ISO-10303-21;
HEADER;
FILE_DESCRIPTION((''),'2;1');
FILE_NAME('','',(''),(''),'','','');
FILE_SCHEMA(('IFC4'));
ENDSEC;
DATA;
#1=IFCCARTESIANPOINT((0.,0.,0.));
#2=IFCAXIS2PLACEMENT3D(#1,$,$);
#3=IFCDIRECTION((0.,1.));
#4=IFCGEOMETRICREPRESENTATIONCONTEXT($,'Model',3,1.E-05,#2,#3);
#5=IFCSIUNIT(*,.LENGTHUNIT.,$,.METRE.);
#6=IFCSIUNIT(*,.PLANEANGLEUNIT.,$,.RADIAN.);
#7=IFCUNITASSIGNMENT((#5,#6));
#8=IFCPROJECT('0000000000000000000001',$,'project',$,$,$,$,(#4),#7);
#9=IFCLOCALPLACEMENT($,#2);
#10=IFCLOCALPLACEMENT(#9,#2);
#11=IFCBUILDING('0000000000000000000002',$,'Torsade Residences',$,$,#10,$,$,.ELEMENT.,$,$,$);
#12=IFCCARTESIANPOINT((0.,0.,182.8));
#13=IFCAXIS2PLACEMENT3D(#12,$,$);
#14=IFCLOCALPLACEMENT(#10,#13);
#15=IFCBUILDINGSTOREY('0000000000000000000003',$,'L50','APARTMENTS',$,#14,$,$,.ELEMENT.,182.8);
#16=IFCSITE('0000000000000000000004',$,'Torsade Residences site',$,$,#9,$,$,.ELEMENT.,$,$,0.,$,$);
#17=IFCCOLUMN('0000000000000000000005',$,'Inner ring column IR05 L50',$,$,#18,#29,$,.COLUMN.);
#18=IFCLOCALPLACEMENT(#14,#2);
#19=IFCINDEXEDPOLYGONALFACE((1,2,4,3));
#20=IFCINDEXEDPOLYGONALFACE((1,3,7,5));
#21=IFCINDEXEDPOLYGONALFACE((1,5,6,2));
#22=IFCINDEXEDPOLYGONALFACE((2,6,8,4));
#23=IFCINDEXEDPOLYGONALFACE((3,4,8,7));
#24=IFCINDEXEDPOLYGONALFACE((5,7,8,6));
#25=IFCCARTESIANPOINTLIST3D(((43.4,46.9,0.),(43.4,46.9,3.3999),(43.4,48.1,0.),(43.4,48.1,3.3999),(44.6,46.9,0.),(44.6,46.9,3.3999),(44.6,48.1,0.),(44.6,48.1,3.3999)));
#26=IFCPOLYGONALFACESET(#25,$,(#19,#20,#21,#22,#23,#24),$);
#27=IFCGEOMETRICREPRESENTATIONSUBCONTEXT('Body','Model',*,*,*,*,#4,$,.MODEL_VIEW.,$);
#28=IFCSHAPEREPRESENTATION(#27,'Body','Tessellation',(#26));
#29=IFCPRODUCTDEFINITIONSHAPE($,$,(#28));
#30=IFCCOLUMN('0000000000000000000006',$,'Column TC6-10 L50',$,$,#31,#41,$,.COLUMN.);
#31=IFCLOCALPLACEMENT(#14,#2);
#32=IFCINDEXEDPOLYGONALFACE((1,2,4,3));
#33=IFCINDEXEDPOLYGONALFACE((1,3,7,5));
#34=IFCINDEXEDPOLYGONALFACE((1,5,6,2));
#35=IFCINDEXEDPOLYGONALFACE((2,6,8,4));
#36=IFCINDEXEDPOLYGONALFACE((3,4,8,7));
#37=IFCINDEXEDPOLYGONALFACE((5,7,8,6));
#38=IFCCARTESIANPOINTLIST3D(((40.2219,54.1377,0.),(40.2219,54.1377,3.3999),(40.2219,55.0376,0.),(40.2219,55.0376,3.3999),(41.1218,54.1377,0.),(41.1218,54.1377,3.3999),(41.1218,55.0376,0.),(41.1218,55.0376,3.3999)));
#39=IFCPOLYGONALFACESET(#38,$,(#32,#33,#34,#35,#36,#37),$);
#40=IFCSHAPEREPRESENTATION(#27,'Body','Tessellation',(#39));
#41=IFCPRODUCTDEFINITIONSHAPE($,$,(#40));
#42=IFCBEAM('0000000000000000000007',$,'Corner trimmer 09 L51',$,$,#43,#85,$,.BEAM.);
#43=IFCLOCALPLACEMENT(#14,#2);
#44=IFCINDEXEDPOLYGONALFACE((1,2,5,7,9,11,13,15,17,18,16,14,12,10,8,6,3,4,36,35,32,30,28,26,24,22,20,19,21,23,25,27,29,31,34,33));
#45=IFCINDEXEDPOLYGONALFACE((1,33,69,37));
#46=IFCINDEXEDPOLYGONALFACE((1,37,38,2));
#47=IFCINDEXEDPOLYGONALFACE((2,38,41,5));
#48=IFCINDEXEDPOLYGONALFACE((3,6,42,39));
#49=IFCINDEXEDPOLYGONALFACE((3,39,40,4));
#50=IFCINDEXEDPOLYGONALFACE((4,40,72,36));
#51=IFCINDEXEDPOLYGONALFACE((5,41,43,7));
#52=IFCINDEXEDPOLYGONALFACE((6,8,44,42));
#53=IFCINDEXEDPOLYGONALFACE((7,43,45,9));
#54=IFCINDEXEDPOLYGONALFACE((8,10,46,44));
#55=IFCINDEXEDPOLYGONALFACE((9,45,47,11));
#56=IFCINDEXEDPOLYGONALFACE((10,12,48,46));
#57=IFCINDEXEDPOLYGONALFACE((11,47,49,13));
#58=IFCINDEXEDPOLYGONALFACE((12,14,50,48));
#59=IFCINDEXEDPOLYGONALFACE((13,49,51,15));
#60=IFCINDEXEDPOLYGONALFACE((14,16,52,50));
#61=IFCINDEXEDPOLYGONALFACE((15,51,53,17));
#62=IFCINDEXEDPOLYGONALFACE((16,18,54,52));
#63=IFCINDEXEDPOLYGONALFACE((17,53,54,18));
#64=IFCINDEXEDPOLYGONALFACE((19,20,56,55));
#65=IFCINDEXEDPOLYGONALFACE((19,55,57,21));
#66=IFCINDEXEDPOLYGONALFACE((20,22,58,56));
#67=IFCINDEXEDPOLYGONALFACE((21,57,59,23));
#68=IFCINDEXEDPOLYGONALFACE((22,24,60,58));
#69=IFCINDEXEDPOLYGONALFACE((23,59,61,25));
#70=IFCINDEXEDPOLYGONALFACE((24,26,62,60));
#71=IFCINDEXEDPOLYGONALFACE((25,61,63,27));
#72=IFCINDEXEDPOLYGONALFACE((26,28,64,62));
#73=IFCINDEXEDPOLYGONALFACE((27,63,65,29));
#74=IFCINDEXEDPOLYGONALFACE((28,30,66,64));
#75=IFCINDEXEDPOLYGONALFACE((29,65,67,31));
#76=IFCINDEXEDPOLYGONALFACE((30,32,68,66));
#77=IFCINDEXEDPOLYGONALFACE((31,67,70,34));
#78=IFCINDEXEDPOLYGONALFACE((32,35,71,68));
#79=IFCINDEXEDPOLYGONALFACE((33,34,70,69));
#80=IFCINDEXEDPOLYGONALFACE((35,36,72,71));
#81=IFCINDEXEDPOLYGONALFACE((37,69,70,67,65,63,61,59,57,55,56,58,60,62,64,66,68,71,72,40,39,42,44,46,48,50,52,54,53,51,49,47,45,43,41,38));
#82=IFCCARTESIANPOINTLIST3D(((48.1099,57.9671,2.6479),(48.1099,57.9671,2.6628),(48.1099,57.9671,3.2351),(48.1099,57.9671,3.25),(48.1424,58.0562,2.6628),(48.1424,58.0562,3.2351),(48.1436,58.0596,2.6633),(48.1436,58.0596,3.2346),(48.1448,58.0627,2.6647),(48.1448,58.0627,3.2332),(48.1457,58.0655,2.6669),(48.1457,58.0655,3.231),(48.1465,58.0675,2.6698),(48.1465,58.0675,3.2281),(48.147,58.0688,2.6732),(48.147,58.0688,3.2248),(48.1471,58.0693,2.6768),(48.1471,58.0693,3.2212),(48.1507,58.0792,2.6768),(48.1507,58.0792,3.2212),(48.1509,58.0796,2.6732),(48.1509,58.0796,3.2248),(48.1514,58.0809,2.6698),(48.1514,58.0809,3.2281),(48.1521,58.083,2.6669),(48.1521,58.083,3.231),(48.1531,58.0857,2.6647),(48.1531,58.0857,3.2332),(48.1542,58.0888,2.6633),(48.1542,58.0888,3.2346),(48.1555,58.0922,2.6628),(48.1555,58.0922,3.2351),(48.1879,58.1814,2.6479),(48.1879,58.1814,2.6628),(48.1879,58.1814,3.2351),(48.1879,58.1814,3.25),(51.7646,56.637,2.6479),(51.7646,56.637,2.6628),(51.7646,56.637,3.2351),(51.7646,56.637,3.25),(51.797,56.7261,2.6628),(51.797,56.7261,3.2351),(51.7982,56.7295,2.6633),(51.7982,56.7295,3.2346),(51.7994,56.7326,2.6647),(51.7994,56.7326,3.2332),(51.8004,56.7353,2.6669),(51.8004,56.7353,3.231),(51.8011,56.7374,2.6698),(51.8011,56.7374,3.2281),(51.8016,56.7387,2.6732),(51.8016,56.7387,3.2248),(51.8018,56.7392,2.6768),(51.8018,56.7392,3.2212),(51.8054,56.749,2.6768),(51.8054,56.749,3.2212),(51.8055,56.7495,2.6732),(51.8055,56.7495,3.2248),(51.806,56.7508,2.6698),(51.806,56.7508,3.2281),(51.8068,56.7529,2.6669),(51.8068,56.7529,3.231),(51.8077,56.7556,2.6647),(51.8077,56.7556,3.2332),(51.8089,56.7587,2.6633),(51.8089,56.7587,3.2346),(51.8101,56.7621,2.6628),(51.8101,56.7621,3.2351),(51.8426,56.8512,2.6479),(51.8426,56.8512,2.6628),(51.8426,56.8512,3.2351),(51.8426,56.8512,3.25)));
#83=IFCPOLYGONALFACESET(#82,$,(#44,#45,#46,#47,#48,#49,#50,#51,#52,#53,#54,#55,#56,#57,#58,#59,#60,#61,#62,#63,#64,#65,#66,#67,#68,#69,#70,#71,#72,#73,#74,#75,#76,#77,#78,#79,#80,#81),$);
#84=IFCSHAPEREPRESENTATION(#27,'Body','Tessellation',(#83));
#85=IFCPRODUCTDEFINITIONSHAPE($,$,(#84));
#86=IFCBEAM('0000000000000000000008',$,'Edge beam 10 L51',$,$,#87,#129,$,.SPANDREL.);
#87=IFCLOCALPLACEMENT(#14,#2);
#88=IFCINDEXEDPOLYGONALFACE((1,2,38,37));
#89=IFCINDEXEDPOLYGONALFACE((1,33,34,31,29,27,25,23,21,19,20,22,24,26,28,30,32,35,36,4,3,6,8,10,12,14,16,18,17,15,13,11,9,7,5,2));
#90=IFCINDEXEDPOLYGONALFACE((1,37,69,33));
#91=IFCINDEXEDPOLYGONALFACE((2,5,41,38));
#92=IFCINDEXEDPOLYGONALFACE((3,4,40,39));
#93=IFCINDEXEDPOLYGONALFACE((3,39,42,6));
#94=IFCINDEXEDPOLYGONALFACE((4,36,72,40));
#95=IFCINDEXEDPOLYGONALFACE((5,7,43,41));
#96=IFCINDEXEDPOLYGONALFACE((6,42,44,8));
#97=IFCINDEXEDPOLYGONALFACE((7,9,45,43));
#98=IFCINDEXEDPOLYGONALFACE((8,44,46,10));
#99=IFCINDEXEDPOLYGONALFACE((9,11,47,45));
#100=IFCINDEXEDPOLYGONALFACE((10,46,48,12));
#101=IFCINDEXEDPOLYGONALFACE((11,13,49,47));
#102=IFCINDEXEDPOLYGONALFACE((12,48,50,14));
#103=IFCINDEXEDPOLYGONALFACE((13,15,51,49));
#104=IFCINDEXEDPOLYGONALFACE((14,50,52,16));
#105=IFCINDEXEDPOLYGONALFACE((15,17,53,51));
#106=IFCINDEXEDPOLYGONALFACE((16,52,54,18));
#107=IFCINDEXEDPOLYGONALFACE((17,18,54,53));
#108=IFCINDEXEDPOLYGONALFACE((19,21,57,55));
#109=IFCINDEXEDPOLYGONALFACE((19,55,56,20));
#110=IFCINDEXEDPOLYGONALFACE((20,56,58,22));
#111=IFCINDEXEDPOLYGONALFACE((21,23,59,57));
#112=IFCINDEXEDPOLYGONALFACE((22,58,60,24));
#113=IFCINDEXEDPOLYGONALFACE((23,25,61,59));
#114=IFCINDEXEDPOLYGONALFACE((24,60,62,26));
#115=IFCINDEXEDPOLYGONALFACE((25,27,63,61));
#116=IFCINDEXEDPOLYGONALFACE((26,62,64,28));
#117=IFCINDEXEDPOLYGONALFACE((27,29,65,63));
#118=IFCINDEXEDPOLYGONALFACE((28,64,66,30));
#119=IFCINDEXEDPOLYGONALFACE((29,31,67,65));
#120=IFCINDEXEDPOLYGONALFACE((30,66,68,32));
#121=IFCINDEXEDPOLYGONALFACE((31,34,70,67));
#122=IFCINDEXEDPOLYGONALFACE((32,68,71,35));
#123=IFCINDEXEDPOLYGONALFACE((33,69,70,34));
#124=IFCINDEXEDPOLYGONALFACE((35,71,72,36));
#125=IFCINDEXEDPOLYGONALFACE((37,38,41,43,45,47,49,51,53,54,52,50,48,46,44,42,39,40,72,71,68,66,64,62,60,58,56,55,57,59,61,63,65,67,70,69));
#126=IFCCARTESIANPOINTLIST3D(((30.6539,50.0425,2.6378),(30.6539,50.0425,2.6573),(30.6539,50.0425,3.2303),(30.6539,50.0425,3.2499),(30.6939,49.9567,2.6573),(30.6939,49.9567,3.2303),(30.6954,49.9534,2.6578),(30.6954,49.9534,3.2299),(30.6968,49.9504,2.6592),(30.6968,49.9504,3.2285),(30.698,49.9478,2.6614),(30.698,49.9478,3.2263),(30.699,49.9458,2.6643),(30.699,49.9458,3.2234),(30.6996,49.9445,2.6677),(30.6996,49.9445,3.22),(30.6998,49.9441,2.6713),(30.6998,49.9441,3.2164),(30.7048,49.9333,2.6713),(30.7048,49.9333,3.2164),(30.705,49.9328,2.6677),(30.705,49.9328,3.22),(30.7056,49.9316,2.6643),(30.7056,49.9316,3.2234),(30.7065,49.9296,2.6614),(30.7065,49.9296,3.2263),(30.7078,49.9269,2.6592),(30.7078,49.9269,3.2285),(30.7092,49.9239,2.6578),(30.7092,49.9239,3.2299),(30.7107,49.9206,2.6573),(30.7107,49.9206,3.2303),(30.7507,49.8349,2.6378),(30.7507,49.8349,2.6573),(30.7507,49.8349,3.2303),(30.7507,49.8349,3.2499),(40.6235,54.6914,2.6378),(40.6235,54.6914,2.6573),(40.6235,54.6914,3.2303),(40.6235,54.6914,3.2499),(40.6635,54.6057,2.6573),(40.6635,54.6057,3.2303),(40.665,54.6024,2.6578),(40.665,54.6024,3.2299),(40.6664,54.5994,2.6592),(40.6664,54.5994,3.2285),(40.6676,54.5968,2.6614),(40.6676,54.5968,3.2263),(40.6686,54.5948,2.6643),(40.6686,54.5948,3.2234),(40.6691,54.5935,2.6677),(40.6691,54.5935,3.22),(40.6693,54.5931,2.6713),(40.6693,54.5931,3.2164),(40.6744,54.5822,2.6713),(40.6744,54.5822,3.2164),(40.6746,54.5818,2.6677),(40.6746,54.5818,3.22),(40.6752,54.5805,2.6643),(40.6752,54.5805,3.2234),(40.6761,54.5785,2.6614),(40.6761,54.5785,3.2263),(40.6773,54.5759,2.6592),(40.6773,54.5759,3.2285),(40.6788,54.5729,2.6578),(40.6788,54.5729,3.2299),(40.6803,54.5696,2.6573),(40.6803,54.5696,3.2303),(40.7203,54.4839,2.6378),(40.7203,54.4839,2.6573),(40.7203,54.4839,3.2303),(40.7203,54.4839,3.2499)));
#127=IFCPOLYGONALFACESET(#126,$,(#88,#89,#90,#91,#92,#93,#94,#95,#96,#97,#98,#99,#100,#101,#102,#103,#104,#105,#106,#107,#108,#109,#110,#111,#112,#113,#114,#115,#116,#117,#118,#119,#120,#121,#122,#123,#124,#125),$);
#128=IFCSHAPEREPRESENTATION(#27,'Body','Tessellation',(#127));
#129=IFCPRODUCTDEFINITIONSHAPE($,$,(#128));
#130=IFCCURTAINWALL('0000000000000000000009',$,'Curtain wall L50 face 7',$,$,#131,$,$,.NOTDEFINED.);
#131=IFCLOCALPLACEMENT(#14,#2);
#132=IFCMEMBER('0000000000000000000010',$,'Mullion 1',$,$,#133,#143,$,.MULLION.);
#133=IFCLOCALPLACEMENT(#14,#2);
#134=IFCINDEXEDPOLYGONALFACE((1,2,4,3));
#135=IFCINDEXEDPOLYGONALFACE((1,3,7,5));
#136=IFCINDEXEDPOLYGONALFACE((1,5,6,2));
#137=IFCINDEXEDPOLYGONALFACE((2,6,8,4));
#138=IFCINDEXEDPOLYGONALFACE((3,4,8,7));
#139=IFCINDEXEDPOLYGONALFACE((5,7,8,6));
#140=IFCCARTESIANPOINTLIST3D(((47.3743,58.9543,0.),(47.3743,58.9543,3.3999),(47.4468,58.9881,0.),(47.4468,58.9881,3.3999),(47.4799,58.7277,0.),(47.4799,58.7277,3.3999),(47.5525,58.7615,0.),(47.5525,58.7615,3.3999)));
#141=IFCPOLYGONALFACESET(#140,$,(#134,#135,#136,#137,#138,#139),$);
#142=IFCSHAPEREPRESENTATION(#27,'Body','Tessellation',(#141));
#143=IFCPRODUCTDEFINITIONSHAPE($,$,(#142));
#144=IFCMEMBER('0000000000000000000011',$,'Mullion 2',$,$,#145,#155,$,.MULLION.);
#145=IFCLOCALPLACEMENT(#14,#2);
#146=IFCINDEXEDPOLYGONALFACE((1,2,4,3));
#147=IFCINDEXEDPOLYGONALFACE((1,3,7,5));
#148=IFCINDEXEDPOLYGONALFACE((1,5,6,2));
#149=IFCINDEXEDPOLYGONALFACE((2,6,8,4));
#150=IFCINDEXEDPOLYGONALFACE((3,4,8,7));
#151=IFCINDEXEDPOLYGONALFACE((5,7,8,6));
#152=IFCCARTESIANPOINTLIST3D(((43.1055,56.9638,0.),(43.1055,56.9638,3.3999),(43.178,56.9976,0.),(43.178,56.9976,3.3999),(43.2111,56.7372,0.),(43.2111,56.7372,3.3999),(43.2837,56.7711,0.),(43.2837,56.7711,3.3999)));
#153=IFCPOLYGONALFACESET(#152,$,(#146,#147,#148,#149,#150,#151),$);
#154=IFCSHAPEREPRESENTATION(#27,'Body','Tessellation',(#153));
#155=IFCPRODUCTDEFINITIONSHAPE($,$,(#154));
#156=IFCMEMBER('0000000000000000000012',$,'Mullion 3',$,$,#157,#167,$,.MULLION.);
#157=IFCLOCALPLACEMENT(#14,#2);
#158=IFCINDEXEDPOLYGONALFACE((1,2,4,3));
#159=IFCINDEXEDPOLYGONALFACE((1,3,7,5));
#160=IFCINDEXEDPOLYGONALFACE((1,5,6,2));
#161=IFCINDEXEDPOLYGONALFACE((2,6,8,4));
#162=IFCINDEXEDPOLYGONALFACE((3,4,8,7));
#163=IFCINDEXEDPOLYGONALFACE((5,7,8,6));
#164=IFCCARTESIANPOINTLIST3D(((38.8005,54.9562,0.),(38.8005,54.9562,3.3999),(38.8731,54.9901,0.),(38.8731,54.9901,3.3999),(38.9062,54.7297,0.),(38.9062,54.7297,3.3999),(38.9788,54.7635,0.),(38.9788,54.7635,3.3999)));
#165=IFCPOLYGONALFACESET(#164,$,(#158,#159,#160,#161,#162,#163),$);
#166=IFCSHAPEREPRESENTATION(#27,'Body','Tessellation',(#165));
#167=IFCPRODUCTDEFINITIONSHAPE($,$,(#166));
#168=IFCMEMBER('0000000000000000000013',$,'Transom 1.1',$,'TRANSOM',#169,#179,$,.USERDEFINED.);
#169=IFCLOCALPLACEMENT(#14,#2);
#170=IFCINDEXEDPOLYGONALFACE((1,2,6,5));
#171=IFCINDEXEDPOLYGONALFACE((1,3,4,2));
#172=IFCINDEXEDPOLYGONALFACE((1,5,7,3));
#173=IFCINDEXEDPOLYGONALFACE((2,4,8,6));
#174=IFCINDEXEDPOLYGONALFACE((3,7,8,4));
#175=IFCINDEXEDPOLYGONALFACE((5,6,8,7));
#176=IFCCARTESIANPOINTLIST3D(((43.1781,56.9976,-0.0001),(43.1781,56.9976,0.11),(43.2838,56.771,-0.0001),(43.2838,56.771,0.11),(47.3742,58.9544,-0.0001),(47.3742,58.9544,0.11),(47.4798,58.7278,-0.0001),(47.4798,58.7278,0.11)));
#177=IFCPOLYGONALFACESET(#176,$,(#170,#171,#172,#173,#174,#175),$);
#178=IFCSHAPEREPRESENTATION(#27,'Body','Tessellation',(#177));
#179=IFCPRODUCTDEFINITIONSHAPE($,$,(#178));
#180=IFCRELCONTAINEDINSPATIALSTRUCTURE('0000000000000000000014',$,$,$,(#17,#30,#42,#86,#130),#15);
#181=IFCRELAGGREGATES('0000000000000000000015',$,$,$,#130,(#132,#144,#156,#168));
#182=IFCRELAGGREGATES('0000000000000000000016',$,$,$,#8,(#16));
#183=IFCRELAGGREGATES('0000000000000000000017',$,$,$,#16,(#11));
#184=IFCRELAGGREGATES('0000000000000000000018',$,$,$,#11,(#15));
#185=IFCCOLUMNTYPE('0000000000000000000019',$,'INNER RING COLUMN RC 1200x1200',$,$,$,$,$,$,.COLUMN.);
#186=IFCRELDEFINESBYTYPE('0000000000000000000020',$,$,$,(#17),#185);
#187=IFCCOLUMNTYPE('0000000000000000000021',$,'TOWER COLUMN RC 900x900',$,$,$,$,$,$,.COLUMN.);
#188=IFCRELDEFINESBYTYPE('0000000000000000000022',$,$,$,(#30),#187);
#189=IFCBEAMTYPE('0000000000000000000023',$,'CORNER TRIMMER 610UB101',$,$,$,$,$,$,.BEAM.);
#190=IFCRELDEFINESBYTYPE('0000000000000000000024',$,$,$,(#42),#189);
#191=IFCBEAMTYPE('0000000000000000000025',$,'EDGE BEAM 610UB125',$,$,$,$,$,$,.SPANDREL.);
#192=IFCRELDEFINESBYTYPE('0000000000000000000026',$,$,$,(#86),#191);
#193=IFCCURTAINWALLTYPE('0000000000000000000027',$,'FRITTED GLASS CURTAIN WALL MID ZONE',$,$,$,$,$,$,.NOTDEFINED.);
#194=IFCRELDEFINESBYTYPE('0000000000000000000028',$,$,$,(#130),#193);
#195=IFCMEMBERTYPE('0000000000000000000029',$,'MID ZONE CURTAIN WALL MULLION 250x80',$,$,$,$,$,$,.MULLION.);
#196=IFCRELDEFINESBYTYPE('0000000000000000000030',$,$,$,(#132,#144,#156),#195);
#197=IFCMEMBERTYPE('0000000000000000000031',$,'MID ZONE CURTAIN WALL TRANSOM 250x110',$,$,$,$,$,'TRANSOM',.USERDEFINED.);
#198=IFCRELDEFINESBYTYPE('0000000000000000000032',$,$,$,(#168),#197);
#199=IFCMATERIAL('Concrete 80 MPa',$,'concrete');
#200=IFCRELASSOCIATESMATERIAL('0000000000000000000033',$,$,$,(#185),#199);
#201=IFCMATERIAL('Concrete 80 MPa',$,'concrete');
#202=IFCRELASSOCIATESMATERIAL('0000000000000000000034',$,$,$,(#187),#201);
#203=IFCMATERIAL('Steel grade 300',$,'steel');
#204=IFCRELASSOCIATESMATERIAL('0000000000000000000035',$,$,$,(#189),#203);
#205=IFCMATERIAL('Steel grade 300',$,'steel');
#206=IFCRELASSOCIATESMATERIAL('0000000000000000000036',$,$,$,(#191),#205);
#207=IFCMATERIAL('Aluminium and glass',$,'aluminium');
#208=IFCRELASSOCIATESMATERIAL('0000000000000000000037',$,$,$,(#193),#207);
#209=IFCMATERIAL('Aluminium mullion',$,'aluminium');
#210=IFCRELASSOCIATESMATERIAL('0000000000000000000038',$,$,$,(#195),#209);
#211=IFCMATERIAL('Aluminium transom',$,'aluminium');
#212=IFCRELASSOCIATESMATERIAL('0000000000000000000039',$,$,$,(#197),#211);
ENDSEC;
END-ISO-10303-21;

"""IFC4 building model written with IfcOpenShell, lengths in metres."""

from ifc_helpers import new_model, si_unit, direction, frame, origin, origin_2d, place, context, subcontext, project, spatial, rectangle, i_section, extrude, material, material_profile, profile_set, type_object, element, aggregate, save


model = new_model("IFC4")

# Units and contexts
model_context = context("Model", 3, precision=1e-05, world=origin(), true_north=direction((0.0, 1.0)))
body_context = subcontext(model_context, "Body", "Model", "MODEL_VIEW")
ifc_project = project(units=[si_unit("LENGTHUNIT", "METRE"), si_unit("PLANEANGLEUNIT", "RADIAN")], contexts=[model_context])

# Site, building, storey
site_placement = place(None, origin())
site = spatial("IfcSite", under=ifc_project, at=site_placement, Name="Torsade Residences site", CompositionType="ELEMENT", RefElevation=0.0)
building_placement = place(site_placement, origin())
building = spatial("IfcBuilding", under=site, at=building_placement, Name="Torsade Residences", CompositionType="ELEMENT")
storey_placement = place(building_placement, frame((0.0, 0.0, 182.8)))
storey = spatial("IfcBuildingStorey", under=building, at=storey_placement, Name="L50", Description="APARTMENTS", CompositionType="ELEMENT", Elevation=182.8)

# Columns
ifc_material_1 = material(Name="Concrete 80 MPa", Category="concrete")
ifc_material_profile_1 = material_profile(ifc_material_1, rectangle(XDim=1.2, YDim=1.2, at=origin_2d()), Name="RC 1200x1200")
ifc_profile_set_1 = profile_set([ifc_material_profile_1], Name="Concrete 80 MPa")
column_type_1 = type_object("IfcColumnType", Name="INNER RING COLUMN RC 1200x1200", PredefinedType="COLUMN", material=ifc_profile_set_1)
column_1_placement = place(storey_placement, frame((44.0, 47.5, 0.0), z_axis=(0.0, 0.0, 1.0), x_axis=(1.0, 0.0, 0.0)))
element("IfcColumn", 1, at=column_1_placement, inside=storey, type_object=column_type_1, Name="Inner ring column IR05 L50", PredefinedType="COLUMN", context=body_context, shape_type="SweptSolid", body=[
    extrude(rectangle(XDim=1.2, YDim=1.2, at=origin_2d()), origin(), (0.0, 0.0, 1.0), 3.3999),
])
ifc_material_2 = material(Name="Concrete 80 MPa", Category="concrete")
ifc_material_profile_2 = material_profile(ifc_material_2, rectangle(XDim=0.8999, YDim=0.8999, at=origin_2d()), Name="RC 900x900")
ifc_profile_set_2 = profile_set([ifc_material_profile_2], Name="Concrete 80 MPa")
column_type_2 = type_object("IfcColumnType", Name="TOWER COLUMN RC 900x900", PredefinedType="COLUMN", material=ifc_profile_set_2)
column_2_placement = place(storey_placement, frame((40.6719, 54.5876, 0.0), z_axis=(0.0, 0.0, 1.0), x_axis=(1.0, 0.0, 0.0)))
element("IfcColumn", 2, at=column_2_placement, inside=storey, type_object=column_type_2, Name="Column TC6-10 L50", PredefinedType="COLUMN", context=body_context, shape_type="SweptSolid", body=[
    extrude(rectangle(XDim=0.8999, YDim=0.8999, at=origin_2d()), origin(), (0.0, 0.0, 1.0), 3.3999),
])

# Beams
ifc_material_3 = material(Name="Steel grade 300", Category="steel")
ifc_material_profile_3 = material_profile(ifc_material_3, i_section(OverallWidth=0.228, OverallDepth=0.6021, WebThickness=0.0105, FlangeThickness=0.0149, FilletRadius=0.0139, at=origin_2d()), Name="610UB101")
ifc_profile_set_3 = profile_set([ifc_material_profile_3], Name="Steel grade 300")
beam_type_1 = type_object("IfcBeamType", Name="CORNER TRIMMER 610UB101", PredefinedType="BEAM", material=ifc_profile_set_3)
beam_1_placement = place(storey_placement, frame((48.1489, 58.0742, 2.949), z_axis=(0.939698, -0.342005, 0.0), x_axis=(0.342005, 0.939698, 0.0)))
element("IfcBeam", 3, at=beam_1_placement, inside=storey, type_object=beam_type_1, Name="Corner trimmer 09 L51", PredefinedType="BEAM", context=body_context, shape_type="SweptSolid", body=[
    extrude(i_section(OverallWidth=0.228, OverallDepth=0.6021, WebThickness=0.0105, FlangeThickness=0.0149, FilletRadius=0.0139, at=origin_2d()), origin(), (0.0, 0.0, 1.0), 3.8892),
])
ifc_material_4 = material(Name="Steel grade 300", Category="steel")
ifc_material_profile_4 = material_profile(ifc_material_4, i_section(OverallWidth=0.229, OverallDepth=0.6121, WebThickness=0.012, FlangeThickness=0.0195, FilletRadius=0.0139, at=origin_2d()), Name="610UB125")
ifc_profile_set_4 = profile_set([ifc_material_profile_4], Name="Steel grade 300")
beam_type_2 = type_object("IfcBeamType", Name="EDGE BEAM 610UB125", PredefinedType="SPANDREL", material=ifc_profile_set_4)
beam_2_placement = place(storey_placement, frame((40.6719, 54.5876, 2.9438), z_axis=(-0.906305, -0.422624, 0.0), x_axis=(0.422624, -0.906305, 0.0)))
element("IfcBeam", 4, at=beam_2_placement, inside=storey, type_object=beam_type_2, Name="Edge beam 10 L51", PredefinedType="SPANDREL", context=body_context, shape_type="SweptSolid", body=[
    extrude(i_section(OverallWidth=0.229, OverallDepth=0.6121, WebThickness=0.012, FlangeThickness=0.0195, FilletRadius=0.0139, at=origin_2d()), origin(), (0.0, 0.0, 1.0), 11.0002),
])

# Curtain wall, members
ifc_material_5 = material(Name="Aluminium and glass", Category="aluminium")
curtain_wall_type = type_object("IfcCurtainWallType", Name="FRITTED GLASS CURTAIN WALL MID ZONE", PredefinedType="NOTDEFINED", material=ifc_material_5)
curtain_wall_placement = place(storey_placement, origin())
curtain_wall = element("IfcCurtainWall", 5, at=curtain_wall_placement, inside=storey, type_object=curtain_wall_type, Name="Curtain wall L50 face 7", PredefinedType="NOTDEFINED")
ifc_material_6 = material(Name="Aluminium mullion", Category="aluminium")
ifc_material_profile_5 = material_profile(ifc_material_6, rectangle(XDim=0.25, YDim=0.0801, at=origin_2d()), Name="MID ZONE CURTAIN WALL MULLION 250x80")
ifc_profile_set_5 = profile_set([ifc_material_profile_5], Name="Aluminium mullion")
member_type_1 = type_object("IfcMemberType", Name="MID ZONE CURTAIN WALL MULLION 250x80", PredefinedType="MULLION", material=ifc_profile_set_5)
member_1_placement = place(storey_placement, frame((47.4634, 58.8579, 0.0), z_axis=(0.0, 0.0, 1.0), x_axis=(0.422618, -0.906308, 0.0)))
member_1 = element("IfcMember", 6, at=member_1_placement, type_object=member_type_1, Name="Mullion 1", PredefinedType="MULLION", context=body_context, shape_type="SweptSolid", body=[
    extrude(rectangle(XDim=0.25, YDim=0.0801, at=origin_2d()), origin(), (0.0, 0.0, 1.0), 3.3999),
])
member_2_placement = place(storey_placement, frame((43.1946, 56.8674, 0.0), z_axis=(0.0, 0.0, 1.0), x_axis=(0.422618, -0.906308, 0.0)))
member_2 = element("IfcMember", 7, at=member_2_placement, type_object=member_type_1, Name="Mullion 2", PredefinedType="MULLION", context=body_context, shape_type="SweptSolid", body=[
    extrude(rectangle(XDim=0.25, YDim=0.0801, at=origin_2d()), origin(), (0.0, 0.0, 1.0), 3.3999),
])
member_3_placement = place(storey_placement, frame((38.8896, 54.8599, 0.0), z_axis=(0.0, 0.0, 1.0), x_axis=(0.422618, -0.906308, 0.0)))
member_3 = element("IfcMember", 8, at=member_3_placement, type_object=member_type_1, Name="Mullion 3", PredefinedType="MULLION", context=body_context, shape_type="SweptSolid", body=[
    extrude(rectangle(XDim=0.25, YDim=0.0801, at=origin_2d()), origin(), (0.0, 0.0, 1.0), 3.3999),
])
ifc_material_7 = material(Name="Aluminium transom", Category="aluminium")
ifc_material_profile_6 = material_profile(ifc_material_7, rectangle(XDim=0.25, YDim=0.1101, at=origin_2d()), Name="MID ZONE CURTAIN WALL TRANSOM 250x110")
ifc_profile_set_6 = profile_set([ifc_material_profile_6], Name="Aluminium transom")
member_type_2 = type_object("IfcMemberType", Name="MID ZONE CURTAIN WALL TRANSOM 250x110", ElementType="TRANSOM", PredefinedType="USERDEFINED", material=ifc_profile_set_6)
member_4_placement = place(storey_placement, frame((47.427, 58.8411, 0.0549), z_axis=(-0.906296, -0.422643, 0.0), x_axis=(0.422643, -0.906296, 0.0)))
member_4 = element("IfcMember", 9, at=member_4_placement, type_object=member_type_2, Name="Transom 1.1", ObjectType="TRANSOM", PredefinedType="USERDEFINED", context=body_context, shape_type="SweptSolid", body=[
    extrude(rectangle(XDim=0.25, YDim=0.1101, at=origin_2d()), origin(), (0.0, 0.0, 1.0), 4.6299),
])

aggregate(curtain_wall, [member_1, member_2, member_3, member_4])

save(model, "model.ifc")
